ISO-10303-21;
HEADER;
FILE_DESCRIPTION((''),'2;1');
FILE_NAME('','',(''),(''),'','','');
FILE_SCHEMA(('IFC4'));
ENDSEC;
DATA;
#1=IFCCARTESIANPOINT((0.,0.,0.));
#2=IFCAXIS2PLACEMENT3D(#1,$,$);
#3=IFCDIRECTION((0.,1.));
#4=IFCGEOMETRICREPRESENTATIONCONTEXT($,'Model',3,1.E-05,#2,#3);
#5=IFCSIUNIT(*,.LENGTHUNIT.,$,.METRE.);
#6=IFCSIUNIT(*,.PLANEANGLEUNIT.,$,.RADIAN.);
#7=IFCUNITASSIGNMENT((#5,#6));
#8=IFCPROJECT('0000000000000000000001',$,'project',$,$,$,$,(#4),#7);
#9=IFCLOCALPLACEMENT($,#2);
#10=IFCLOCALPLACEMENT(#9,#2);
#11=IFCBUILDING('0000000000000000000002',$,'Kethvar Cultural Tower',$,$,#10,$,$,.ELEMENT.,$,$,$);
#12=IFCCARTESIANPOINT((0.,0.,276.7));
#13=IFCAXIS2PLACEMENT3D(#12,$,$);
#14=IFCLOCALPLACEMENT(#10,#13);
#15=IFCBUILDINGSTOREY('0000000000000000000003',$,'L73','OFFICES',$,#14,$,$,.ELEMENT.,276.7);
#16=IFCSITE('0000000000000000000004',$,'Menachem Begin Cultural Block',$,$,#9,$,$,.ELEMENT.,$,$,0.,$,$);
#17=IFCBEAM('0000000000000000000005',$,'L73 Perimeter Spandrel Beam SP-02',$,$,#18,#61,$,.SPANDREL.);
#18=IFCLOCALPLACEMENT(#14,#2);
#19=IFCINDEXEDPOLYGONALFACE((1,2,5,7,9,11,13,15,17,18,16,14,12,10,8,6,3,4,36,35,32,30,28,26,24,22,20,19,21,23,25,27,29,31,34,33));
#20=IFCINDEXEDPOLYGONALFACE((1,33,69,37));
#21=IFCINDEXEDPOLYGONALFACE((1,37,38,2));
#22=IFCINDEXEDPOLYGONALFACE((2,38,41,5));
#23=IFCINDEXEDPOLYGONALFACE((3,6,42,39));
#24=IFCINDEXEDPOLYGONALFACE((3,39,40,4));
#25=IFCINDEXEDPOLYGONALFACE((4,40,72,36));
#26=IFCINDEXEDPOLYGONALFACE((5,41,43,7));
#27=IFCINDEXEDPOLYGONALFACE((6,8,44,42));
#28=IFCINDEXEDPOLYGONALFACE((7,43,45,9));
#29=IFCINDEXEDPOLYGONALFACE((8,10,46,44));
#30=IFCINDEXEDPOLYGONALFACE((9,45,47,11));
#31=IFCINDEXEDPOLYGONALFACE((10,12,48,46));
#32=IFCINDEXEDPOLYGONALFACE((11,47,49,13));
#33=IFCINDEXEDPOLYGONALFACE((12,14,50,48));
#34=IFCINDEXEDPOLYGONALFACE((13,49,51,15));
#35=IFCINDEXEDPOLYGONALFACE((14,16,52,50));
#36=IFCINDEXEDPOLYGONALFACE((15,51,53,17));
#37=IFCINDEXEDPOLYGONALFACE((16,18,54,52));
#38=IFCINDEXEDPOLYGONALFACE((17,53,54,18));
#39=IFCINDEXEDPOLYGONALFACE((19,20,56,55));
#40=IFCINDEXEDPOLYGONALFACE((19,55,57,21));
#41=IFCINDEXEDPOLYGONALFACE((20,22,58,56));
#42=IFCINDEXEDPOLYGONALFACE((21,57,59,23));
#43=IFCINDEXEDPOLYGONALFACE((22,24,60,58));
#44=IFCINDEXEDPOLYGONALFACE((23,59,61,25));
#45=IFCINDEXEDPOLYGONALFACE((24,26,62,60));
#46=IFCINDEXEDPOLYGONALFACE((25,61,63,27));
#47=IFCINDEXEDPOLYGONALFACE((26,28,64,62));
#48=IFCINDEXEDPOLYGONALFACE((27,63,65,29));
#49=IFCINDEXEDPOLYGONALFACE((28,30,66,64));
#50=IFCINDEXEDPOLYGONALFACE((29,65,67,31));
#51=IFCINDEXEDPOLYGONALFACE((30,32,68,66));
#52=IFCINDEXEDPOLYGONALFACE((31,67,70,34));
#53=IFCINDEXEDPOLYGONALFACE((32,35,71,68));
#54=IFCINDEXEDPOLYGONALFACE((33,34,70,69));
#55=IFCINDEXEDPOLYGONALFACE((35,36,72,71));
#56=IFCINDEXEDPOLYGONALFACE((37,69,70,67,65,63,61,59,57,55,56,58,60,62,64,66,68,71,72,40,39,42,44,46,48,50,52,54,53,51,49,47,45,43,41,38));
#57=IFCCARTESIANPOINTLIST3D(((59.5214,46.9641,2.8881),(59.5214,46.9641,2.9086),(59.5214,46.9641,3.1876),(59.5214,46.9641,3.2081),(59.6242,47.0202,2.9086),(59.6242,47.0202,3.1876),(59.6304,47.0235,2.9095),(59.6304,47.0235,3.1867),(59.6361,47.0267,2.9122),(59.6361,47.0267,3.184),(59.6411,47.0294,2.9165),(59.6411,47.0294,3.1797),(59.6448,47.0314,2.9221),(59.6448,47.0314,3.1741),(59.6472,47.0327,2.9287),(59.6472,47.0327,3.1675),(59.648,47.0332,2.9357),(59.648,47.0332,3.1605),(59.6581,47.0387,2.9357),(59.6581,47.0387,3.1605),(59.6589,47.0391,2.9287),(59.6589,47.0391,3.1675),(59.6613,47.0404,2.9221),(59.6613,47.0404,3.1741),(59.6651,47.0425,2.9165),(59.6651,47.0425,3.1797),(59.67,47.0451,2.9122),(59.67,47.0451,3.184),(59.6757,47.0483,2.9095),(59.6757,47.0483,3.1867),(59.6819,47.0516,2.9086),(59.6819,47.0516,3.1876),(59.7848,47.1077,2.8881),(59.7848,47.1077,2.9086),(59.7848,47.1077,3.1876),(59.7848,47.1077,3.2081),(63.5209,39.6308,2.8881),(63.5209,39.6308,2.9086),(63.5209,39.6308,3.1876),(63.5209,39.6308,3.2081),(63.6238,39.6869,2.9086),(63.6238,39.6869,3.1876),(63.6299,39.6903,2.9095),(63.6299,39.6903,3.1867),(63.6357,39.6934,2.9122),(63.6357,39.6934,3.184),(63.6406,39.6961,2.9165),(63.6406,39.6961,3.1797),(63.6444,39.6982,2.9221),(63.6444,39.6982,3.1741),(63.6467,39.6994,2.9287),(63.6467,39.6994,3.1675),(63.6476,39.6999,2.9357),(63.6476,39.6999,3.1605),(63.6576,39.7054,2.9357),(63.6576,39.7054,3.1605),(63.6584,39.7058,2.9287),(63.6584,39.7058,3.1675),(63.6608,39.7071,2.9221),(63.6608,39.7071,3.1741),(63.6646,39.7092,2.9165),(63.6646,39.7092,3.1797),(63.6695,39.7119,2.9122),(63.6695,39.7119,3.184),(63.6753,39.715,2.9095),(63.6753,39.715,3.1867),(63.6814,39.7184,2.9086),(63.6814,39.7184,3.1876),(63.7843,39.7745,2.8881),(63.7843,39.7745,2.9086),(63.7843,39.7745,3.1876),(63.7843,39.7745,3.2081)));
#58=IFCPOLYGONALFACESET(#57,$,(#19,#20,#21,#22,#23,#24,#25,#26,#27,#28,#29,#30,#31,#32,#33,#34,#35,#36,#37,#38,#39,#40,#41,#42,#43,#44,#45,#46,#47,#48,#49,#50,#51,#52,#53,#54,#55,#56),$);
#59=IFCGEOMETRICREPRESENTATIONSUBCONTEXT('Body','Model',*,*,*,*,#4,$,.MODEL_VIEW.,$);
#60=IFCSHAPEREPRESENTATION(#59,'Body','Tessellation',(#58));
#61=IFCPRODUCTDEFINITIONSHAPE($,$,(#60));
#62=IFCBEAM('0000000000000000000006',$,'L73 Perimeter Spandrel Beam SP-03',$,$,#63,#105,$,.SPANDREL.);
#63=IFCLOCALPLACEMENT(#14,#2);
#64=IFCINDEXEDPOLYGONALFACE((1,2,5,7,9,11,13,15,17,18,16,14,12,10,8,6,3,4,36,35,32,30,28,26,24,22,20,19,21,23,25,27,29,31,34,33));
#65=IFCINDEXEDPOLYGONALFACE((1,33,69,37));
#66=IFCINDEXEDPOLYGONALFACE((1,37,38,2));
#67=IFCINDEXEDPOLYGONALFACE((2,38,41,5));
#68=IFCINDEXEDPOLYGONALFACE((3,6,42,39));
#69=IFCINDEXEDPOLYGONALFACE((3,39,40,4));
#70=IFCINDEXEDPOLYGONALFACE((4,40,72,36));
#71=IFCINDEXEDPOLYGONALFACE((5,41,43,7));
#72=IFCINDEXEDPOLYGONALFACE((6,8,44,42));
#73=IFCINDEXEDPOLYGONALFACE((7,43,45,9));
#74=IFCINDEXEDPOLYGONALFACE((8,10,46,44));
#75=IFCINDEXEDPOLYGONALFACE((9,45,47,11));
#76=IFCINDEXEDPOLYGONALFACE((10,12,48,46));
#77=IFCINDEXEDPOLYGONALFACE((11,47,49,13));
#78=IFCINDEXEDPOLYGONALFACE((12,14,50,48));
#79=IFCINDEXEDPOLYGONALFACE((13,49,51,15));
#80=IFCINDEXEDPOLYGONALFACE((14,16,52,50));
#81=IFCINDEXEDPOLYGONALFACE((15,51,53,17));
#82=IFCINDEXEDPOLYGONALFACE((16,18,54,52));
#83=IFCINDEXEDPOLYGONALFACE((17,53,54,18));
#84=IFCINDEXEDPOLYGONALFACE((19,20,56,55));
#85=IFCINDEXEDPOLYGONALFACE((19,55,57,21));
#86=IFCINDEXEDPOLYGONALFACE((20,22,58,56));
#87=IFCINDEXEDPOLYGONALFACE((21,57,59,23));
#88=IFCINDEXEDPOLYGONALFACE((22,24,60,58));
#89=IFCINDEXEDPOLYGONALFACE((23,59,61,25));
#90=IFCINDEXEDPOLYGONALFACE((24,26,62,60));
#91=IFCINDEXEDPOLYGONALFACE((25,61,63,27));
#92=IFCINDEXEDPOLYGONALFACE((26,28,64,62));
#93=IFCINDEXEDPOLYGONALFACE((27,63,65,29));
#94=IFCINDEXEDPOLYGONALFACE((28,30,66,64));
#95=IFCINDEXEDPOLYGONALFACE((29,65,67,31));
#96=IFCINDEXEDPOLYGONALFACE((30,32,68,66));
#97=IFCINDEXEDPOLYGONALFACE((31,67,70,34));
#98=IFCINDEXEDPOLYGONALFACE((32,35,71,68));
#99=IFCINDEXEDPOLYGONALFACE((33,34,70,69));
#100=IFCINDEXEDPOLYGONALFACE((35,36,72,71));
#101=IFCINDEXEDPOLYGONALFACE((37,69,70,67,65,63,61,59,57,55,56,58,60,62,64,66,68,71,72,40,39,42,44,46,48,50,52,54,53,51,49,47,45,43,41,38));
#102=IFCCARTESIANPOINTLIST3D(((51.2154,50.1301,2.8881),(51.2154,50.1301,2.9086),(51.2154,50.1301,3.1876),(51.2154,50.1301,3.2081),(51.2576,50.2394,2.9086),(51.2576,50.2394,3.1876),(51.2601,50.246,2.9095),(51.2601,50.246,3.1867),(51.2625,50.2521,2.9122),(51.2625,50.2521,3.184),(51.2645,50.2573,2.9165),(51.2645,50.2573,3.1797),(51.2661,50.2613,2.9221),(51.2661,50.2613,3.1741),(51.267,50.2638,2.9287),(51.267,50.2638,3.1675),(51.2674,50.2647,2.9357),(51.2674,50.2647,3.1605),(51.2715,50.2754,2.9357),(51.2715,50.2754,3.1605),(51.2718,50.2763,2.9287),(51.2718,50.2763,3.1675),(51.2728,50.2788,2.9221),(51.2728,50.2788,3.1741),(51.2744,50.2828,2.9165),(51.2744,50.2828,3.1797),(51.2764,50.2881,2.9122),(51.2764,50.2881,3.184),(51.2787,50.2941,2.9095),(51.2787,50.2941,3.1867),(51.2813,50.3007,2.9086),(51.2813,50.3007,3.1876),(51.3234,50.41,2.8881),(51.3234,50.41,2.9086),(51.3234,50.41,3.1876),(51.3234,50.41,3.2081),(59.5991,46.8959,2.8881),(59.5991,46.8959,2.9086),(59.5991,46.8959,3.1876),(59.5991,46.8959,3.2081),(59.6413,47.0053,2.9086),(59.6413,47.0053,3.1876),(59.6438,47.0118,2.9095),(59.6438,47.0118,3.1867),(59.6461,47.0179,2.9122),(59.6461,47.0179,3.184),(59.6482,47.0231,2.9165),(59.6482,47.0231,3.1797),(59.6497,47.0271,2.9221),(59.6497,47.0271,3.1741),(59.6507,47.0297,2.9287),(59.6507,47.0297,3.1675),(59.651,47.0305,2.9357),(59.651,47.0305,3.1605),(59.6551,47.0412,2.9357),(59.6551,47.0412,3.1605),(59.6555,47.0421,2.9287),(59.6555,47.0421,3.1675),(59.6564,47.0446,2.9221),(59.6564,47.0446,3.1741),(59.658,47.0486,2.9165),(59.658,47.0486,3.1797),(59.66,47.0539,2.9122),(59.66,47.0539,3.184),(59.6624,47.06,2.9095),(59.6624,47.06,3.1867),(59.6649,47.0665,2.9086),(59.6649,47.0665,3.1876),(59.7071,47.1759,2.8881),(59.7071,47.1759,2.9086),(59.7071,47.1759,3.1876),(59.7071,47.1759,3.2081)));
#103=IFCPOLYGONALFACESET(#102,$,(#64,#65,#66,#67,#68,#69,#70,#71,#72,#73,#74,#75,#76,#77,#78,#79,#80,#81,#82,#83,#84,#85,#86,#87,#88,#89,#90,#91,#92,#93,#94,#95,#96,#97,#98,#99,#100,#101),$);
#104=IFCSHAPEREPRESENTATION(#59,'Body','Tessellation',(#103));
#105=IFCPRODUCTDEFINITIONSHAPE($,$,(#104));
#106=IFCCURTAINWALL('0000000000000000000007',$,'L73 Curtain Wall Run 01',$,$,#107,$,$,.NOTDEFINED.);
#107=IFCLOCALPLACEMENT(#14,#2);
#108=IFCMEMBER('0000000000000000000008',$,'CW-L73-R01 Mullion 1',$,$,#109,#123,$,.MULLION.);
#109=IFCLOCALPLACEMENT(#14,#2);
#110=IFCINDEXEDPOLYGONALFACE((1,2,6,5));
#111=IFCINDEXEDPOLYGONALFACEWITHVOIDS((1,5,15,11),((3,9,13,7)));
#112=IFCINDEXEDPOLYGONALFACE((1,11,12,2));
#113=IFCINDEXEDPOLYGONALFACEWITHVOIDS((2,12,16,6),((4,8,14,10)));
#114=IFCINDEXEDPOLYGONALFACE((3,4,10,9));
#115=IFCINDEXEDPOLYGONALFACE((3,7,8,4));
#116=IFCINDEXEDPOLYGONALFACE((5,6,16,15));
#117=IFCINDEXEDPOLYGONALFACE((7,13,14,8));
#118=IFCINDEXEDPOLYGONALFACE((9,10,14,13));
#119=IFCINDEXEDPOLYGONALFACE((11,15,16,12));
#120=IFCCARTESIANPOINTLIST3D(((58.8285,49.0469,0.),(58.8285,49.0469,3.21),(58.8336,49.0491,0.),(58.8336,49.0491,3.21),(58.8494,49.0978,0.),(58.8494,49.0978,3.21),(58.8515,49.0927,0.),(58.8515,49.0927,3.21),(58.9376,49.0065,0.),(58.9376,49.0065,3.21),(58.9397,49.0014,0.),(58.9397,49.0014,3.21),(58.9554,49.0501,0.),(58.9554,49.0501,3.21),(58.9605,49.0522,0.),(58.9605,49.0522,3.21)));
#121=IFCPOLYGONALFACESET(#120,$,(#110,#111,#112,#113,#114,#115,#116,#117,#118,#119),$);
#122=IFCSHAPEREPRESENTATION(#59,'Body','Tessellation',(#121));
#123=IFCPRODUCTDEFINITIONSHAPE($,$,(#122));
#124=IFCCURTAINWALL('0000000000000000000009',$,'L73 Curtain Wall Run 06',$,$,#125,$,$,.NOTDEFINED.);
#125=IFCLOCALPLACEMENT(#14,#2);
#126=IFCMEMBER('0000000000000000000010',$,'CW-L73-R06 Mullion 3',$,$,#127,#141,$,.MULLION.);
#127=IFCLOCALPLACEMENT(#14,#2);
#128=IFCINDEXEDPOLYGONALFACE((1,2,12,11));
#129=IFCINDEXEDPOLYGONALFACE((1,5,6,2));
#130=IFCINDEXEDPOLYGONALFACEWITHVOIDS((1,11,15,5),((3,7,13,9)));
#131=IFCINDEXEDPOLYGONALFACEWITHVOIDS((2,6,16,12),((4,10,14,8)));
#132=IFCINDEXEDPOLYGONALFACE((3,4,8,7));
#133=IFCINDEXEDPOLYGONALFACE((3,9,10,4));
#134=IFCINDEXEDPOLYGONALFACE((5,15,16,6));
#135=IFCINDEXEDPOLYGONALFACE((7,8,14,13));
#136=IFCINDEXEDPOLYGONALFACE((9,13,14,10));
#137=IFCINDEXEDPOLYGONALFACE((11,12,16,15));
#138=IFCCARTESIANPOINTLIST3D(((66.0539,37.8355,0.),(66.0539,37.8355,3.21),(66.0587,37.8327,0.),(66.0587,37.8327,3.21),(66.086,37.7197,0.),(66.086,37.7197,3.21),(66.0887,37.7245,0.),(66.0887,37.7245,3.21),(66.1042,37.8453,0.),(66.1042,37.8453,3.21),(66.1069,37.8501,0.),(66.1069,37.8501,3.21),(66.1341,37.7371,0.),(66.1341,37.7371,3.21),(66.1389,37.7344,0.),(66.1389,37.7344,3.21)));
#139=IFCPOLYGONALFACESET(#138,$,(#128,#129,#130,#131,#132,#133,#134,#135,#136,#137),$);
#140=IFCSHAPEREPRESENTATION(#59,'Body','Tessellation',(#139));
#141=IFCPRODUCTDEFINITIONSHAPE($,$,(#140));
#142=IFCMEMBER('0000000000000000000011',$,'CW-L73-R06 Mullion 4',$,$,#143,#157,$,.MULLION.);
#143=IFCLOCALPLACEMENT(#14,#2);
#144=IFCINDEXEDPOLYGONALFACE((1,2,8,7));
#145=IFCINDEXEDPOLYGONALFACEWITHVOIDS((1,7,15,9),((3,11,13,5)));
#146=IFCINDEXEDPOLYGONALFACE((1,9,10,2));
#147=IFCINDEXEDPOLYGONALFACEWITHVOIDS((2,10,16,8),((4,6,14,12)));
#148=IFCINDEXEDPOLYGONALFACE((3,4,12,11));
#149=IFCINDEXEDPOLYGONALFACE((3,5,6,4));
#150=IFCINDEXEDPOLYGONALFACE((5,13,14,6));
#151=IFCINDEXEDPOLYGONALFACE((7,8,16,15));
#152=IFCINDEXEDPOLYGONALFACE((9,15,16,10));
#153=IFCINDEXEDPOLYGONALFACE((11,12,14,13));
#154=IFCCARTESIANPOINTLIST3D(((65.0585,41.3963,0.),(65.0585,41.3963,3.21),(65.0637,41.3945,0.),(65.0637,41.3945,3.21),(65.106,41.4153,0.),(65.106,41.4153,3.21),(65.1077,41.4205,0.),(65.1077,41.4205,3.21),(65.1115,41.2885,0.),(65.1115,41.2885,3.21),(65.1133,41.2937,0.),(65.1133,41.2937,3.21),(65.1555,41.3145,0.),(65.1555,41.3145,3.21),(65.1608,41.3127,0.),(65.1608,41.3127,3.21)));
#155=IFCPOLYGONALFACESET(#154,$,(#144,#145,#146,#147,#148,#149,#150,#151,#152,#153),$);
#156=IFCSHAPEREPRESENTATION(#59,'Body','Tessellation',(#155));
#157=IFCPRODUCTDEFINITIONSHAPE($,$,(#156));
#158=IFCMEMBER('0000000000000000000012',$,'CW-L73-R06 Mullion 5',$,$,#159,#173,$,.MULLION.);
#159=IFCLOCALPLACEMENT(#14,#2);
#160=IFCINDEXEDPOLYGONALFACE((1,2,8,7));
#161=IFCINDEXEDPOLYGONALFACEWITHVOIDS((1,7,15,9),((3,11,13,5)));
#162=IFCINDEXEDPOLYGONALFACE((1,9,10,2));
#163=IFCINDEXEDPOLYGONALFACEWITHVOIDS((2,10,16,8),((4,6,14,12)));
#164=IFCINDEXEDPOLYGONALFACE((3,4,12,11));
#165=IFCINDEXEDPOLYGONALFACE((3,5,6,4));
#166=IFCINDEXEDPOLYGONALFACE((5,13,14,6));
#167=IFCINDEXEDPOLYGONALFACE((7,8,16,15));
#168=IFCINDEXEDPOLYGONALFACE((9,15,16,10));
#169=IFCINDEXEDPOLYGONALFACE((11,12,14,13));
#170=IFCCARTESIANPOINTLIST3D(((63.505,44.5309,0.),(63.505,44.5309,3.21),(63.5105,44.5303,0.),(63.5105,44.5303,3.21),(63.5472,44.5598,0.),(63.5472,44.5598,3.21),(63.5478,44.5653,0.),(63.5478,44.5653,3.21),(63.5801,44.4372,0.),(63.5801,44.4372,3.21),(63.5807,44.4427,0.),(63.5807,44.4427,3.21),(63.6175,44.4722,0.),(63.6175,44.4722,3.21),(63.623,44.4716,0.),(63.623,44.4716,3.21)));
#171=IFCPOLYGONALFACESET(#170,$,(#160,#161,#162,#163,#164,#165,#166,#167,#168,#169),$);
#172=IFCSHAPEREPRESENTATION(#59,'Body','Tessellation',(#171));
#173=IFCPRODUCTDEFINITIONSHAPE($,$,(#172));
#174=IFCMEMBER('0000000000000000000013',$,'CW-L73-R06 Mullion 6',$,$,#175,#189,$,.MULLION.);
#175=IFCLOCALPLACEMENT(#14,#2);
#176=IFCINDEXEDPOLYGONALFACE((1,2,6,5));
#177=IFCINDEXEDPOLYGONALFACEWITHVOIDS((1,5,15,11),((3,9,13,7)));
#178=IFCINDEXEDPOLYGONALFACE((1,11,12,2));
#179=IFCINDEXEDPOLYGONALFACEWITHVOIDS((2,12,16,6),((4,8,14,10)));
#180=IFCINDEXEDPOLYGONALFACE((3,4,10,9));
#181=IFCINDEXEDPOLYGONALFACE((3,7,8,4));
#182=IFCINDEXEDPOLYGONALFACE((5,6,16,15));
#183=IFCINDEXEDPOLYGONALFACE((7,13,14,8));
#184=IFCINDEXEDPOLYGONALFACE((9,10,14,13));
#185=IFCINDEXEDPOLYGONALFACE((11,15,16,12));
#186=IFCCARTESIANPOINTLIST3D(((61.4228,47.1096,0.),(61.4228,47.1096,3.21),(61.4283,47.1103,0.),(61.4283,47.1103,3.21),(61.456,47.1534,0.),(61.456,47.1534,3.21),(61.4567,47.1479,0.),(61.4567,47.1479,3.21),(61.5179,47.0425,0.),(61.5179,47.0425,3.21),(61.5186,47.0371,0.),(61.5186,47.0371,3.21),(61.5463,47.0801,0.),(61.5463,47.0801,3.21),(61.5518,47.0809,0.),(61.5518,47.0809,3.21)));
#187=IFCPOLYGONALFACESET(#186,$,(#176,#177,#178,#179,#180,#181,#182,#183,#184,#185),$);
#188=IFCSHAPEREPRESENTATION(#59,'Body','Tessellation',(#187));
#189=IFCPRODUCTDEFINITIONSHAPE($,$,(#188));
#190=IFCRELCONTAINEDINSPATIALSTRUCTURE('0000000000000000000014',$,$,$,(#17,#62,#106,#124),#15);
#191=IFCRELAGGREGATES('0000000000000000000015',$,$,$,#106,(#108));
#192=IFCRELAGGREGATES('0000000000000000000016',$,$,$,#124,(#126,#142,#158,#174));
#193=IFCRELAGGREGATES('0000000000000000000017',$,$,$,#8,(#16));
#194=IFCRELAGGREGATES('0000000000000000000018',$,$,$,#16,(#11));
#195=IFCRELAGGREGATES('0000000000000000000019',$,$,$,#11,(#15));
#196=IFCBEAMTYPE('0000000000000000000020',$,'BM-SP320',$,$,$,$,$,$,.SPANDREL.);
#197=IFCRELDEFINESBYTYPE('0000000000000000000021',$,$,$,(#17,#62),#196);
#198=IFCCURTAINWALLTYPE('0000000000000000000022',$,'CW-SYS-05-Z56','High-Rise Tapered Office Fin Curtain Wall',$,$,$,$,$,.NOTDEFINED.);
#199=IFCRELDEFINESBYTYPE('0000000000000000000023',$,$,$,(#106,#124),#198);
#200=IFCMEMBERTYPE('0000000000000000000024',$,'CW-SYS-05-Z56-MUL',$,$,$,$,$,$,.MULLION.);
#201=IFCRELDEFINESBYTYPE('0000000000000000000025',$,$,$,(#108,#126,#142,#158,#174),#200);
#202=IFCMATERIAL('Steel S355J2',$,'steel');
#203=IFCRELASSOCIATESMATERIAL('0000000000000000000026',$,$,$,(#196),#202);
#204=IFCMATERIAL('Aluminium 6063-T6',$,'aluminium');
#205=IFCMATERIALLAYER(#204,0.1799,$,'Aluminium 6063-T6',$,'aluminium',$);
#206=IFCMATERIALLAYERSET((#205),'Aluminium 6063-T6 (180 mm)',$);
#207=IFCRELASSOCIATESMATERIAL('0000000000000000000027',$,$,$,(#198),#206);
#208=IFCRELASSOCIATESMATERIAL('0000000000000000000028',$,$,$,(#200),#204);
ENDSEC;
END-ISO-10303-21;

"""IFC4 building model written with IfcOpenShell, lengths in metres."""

from ifc_helpers import new_model, si_unit, direction, frame, origin, origin_2d, place, context, subcontext, project, spatial, hollow_rectangle, i_section, extrude, source, transform, mapped, material, layer, layer_set, material_profile, profile_set, type_object, element, aggregate, save


model = new_model("IFC4")

# Units and contexts
model_context = context("Model", 3, precision=1e-05, world=origin(), true_north=direction((0.0, 1.0)))
body_context = subcontext(model_context, "Body", "Model", "MODEL_VIEW")
ifc_project = project(units=[si_unit("LENGTHUNIT", "METRE"), si_unit("PLANEANGLEUNIT", "RADIAN")], contexts=[model_context])

# Site, building, storey
site_placement = place(None, origin())
site = spatial("IfcSite", under=ifc_project, at=site_placement, Name="Menachem Begin Cultural Block", CompositionType="ELEMENT", RefElevation=0.0)
building_placement = place(site_placement, origin())
building = spatial("IfcBuilding", under=site, at=building_placement, Name="Kethvar Cultural Tower", CompositionType="ELEMENT")
storey_placement = place(building_placement, frame((0.0, 0.0, 276.7)))
storey = spatial("IfcBuildingStorey", under=building, at=storey_placement, Name="L73", Description="OFFICES", CompositionType="ELEMENT", Elevation=276.7)

# Beams
ifc_material_1 = material(Name="Steel S355J2", Category="steel")
ifc_material_profile_1 = material_profile(ifc_material_1, i_section(OverallWidth=0.3, OverallDepth=0.3201, WebThickness=0.0115, FlangeThickness=0.0205, FilletRadius=0.0271, at=origin_2d()), Name="Steel S355J2 — HEB320")
ifc_profile_set_1 = profile_set([ifc_material_profile_1], Name="Steel S355J2 — HEB320")
beam_type = type_object("IfcBeamType", Name="BM-SP320", PredefinedType="SPANDREL", material=ifc_profile_set_1)
shared_shape_1 = source(origin(), body_context, "Body", "SweptSolid", [
    extrude(i_section(OverallWidth=0.3, OverallDepth=0.3201, WebThickness=0.0115, FlangeThickness=0.0205, FilletRadius=0.0271, at=origin_2d()), origin(), (0.0, 0.0, 1.0), 8.353),
])
beam_1_placement = place(storey_placement, frame((63.6526, 39.7026, 3.0481), z_axis=(-0.478811, 0.877918, 0.0), x_axis=(-0.877918, -0.478811, 0.0)))
element("IfcBeam", 1, at=beam_1_placement, inside=storey, type_object=beam_type, Name="L73 Perimeter Spandrel Beam SP-02", PredefinedType="SPANDREL", context=body_context, shape_type="MappedRepresentation", body=[
    mapped(shared_shape_1, transform((0.0, 0.0, 0.0), scale=1.0)),
])
shared_shape_2 = source(origin(), body_context, "Body", "SweptSolid", [
    extrude(i_section(OverallWidth=0.3, OverallDepth=0.3201, WebThickness=0.0115, FlangeThickness=0.0205, FilletRadius=0.0271, at=origin_2d()), origin(), (0.0, 0.0, 1.0), 8.9858),
])
beam_2_placement = place(storey_placement, frame((59.6531, 47.0359, 3.0481), z_axis=(-0.932984, 0.359918, 0.0), x_axis=(-0.359918, -0.932984, 0.0)))
element("IfcBeam", 2, at=beam_2_placement, inside=storey, type_object=beam_type, Name="L73 Perimeter Spandrel Beam SP-03", PredefinedType="SPANDREL", context=body_context, shape_type="MappedRepresentation", body=[
    mapped(shared_shape_2, transform((0.0, 0.0, 0.0), scale=1.0)),
])

# Curtain wall, member
ifc_material_2 = material(Name="Aluminium 6063-T6", Category="aluminium")
ifc_layer_1 = layer(ifc_material_2, 0.1799, Name="Aluminium 6063-T6", Category="aluminium")
ifc_layer_set_1 = layer_set([ifc_layer_1], Name="Aluminium 6063-T6 (180 mm)")
curtain_wall_type = type_object("IfcCurtainWallType", Name="CW-SYS-05-Z56", Description="High-Rise Tapered Office Fin Curtain Wall", PredefinedType="NOTDEFINED", material=ifc_layer_set_1)
curtain_wall_1_placement = place(storey_placement, origin())
curtain_wall_1 = element("IfcCurtainWall", 3, at=curtain_wall_1_placement, inside=storey, type_object=curtain_wall_type, Name="L73 Curtain Wall Run 01", PredefinedType="NOTDEFINED")
ifc_material_profile_2 = material_profile(ifc_material_2, hollow_rectangle(XDim=0.0549, YDim=0.1201, WallThickness=0.0039, at=origin_2d()), Name="Aluminium 6063-T6 — RHS120x55x4")
ifc_profile_set_2 = profile_set([ifc_material_profile_2], Name="Aluminium 6063-T6 — RHS120x55x4")
member_type_1 = type_object("IfcMemberType", Name="CW-SYS-05-Z56-MUL", PredefinedType="MULLION", material=ifc_profile_set_2)
shared_shape_3 = source(origin(), body_context, "Body", "SweptSolid", [
    extrude(hollow_rectangle(XDim=0.0549, YDim=0.1201, WallThickness=0.0039, at=origin_2d()), origin(), (0.0, 0.0, 1.0), 3.21),
])
member_1_placement = place(storey_placement, frame((58.8945, 49.0496, 0.0), z_axis=(0.0, 0.0, 1.0), x_axis=(-0.379246, -0.925296, 0.0)))
member_1 = element("IfcMember", 4, at=member_1_placement, type_object=member_type_1, Name="CW-L73-R01 Mullion 1", PredefinedType="MULLION", context=body_context, shape_type="MappedRepresentation", body=[
    mapped(shared_shape_3, transform((0.0, 0.0, 0.0), scale=1.0)),
])

# Curtain wall, members
curtain_wall_2_placement = place(storey_placement, origin())
curtain_wall_2 = element("IfcCurtainWall", 5, at=curtain_wall_2_placement, inside=storey, type_object=curtain_wall_type, Name="L73 Curtain Wall Run 06", PredefinedType="NOTDEFINED")
member_2_placement = place(storey_placement, frame((66.0964, 37.7849, 0.0), z_axis=(0.0, 0.0, 1.0), x_axis=(-0.963728, -0.266885, 0.0)))
member_2 = element("IfcMember", 6, at=member_2_placement, type_object=member_type_1, Name="CW-L73-R06 Mullion 3", PredefinedType="MULLION", context=body_context, shape_type="MappedRepresentation", body=[
    mapped(shared_shape_3, transform((0.0, 0.0, 0.0), scale=1.0)),
])
member_3_placement = place(storey_placement, frame((65.1096, 41.3545, 0.0), z_axis=(0.0, 0.0, 1.0), x_axis=(-0.897258, -0.441506, 0.0)))
member_3 = element("IfcMember", 7, at=member_3_placement, type_object=member_type_1, Name="CW-L73-R06 Mullion 4", PredefinedType="MULLION", context=body_context, shape_type="MappedRepresentation", body=[
    mapped(shared_shape_3, transform((0.0, 0.0, 0.0), scale=1.0)),
])
member_4_placement = place(storey_placement, frame((63.564, 44.5012, 0.0), z_axis=(0.0, 0.0, 1.0), x_axis=(-0.780059, -0.625706, 0.0)))
member_4 = element("IfcMember", 8, at=member_4_placement, type_object=member_type_1, Name="CW-L73-R06 Mullion 5", PredefinedType="MULLION", context=body_context, shape_type="MappedRepresentation", body=[
    mapped(shared_shape_3, transform((0.0, 0.0, 0.0), scale=1.0)),
])
member_5_placement = place(storey_placement, frame((61.4873, 47.0952, 0.0), z_axis=(0.0, 0.0, 1.0), x_axis=(-0.603389, -0.797447, 0.0)))
member_5 = element("IfcMember", 9, at=member_5_placement, type_object=member_type_1, Name="CW-L73-R06 Mullion 6", PredefinedType="MULLION", context=body_context, shape_type="MappedRepresentation", body=[
    mapped(shared_shape_3, transform((0.0, 0.0, 0.0), scale=1.0)),
])

aggregate(curtain_wall_1, [member_1])

aggregate(curtain_wall_2, [member_2, member_3, member_4, member_5])

save(model, "model.ifc")
